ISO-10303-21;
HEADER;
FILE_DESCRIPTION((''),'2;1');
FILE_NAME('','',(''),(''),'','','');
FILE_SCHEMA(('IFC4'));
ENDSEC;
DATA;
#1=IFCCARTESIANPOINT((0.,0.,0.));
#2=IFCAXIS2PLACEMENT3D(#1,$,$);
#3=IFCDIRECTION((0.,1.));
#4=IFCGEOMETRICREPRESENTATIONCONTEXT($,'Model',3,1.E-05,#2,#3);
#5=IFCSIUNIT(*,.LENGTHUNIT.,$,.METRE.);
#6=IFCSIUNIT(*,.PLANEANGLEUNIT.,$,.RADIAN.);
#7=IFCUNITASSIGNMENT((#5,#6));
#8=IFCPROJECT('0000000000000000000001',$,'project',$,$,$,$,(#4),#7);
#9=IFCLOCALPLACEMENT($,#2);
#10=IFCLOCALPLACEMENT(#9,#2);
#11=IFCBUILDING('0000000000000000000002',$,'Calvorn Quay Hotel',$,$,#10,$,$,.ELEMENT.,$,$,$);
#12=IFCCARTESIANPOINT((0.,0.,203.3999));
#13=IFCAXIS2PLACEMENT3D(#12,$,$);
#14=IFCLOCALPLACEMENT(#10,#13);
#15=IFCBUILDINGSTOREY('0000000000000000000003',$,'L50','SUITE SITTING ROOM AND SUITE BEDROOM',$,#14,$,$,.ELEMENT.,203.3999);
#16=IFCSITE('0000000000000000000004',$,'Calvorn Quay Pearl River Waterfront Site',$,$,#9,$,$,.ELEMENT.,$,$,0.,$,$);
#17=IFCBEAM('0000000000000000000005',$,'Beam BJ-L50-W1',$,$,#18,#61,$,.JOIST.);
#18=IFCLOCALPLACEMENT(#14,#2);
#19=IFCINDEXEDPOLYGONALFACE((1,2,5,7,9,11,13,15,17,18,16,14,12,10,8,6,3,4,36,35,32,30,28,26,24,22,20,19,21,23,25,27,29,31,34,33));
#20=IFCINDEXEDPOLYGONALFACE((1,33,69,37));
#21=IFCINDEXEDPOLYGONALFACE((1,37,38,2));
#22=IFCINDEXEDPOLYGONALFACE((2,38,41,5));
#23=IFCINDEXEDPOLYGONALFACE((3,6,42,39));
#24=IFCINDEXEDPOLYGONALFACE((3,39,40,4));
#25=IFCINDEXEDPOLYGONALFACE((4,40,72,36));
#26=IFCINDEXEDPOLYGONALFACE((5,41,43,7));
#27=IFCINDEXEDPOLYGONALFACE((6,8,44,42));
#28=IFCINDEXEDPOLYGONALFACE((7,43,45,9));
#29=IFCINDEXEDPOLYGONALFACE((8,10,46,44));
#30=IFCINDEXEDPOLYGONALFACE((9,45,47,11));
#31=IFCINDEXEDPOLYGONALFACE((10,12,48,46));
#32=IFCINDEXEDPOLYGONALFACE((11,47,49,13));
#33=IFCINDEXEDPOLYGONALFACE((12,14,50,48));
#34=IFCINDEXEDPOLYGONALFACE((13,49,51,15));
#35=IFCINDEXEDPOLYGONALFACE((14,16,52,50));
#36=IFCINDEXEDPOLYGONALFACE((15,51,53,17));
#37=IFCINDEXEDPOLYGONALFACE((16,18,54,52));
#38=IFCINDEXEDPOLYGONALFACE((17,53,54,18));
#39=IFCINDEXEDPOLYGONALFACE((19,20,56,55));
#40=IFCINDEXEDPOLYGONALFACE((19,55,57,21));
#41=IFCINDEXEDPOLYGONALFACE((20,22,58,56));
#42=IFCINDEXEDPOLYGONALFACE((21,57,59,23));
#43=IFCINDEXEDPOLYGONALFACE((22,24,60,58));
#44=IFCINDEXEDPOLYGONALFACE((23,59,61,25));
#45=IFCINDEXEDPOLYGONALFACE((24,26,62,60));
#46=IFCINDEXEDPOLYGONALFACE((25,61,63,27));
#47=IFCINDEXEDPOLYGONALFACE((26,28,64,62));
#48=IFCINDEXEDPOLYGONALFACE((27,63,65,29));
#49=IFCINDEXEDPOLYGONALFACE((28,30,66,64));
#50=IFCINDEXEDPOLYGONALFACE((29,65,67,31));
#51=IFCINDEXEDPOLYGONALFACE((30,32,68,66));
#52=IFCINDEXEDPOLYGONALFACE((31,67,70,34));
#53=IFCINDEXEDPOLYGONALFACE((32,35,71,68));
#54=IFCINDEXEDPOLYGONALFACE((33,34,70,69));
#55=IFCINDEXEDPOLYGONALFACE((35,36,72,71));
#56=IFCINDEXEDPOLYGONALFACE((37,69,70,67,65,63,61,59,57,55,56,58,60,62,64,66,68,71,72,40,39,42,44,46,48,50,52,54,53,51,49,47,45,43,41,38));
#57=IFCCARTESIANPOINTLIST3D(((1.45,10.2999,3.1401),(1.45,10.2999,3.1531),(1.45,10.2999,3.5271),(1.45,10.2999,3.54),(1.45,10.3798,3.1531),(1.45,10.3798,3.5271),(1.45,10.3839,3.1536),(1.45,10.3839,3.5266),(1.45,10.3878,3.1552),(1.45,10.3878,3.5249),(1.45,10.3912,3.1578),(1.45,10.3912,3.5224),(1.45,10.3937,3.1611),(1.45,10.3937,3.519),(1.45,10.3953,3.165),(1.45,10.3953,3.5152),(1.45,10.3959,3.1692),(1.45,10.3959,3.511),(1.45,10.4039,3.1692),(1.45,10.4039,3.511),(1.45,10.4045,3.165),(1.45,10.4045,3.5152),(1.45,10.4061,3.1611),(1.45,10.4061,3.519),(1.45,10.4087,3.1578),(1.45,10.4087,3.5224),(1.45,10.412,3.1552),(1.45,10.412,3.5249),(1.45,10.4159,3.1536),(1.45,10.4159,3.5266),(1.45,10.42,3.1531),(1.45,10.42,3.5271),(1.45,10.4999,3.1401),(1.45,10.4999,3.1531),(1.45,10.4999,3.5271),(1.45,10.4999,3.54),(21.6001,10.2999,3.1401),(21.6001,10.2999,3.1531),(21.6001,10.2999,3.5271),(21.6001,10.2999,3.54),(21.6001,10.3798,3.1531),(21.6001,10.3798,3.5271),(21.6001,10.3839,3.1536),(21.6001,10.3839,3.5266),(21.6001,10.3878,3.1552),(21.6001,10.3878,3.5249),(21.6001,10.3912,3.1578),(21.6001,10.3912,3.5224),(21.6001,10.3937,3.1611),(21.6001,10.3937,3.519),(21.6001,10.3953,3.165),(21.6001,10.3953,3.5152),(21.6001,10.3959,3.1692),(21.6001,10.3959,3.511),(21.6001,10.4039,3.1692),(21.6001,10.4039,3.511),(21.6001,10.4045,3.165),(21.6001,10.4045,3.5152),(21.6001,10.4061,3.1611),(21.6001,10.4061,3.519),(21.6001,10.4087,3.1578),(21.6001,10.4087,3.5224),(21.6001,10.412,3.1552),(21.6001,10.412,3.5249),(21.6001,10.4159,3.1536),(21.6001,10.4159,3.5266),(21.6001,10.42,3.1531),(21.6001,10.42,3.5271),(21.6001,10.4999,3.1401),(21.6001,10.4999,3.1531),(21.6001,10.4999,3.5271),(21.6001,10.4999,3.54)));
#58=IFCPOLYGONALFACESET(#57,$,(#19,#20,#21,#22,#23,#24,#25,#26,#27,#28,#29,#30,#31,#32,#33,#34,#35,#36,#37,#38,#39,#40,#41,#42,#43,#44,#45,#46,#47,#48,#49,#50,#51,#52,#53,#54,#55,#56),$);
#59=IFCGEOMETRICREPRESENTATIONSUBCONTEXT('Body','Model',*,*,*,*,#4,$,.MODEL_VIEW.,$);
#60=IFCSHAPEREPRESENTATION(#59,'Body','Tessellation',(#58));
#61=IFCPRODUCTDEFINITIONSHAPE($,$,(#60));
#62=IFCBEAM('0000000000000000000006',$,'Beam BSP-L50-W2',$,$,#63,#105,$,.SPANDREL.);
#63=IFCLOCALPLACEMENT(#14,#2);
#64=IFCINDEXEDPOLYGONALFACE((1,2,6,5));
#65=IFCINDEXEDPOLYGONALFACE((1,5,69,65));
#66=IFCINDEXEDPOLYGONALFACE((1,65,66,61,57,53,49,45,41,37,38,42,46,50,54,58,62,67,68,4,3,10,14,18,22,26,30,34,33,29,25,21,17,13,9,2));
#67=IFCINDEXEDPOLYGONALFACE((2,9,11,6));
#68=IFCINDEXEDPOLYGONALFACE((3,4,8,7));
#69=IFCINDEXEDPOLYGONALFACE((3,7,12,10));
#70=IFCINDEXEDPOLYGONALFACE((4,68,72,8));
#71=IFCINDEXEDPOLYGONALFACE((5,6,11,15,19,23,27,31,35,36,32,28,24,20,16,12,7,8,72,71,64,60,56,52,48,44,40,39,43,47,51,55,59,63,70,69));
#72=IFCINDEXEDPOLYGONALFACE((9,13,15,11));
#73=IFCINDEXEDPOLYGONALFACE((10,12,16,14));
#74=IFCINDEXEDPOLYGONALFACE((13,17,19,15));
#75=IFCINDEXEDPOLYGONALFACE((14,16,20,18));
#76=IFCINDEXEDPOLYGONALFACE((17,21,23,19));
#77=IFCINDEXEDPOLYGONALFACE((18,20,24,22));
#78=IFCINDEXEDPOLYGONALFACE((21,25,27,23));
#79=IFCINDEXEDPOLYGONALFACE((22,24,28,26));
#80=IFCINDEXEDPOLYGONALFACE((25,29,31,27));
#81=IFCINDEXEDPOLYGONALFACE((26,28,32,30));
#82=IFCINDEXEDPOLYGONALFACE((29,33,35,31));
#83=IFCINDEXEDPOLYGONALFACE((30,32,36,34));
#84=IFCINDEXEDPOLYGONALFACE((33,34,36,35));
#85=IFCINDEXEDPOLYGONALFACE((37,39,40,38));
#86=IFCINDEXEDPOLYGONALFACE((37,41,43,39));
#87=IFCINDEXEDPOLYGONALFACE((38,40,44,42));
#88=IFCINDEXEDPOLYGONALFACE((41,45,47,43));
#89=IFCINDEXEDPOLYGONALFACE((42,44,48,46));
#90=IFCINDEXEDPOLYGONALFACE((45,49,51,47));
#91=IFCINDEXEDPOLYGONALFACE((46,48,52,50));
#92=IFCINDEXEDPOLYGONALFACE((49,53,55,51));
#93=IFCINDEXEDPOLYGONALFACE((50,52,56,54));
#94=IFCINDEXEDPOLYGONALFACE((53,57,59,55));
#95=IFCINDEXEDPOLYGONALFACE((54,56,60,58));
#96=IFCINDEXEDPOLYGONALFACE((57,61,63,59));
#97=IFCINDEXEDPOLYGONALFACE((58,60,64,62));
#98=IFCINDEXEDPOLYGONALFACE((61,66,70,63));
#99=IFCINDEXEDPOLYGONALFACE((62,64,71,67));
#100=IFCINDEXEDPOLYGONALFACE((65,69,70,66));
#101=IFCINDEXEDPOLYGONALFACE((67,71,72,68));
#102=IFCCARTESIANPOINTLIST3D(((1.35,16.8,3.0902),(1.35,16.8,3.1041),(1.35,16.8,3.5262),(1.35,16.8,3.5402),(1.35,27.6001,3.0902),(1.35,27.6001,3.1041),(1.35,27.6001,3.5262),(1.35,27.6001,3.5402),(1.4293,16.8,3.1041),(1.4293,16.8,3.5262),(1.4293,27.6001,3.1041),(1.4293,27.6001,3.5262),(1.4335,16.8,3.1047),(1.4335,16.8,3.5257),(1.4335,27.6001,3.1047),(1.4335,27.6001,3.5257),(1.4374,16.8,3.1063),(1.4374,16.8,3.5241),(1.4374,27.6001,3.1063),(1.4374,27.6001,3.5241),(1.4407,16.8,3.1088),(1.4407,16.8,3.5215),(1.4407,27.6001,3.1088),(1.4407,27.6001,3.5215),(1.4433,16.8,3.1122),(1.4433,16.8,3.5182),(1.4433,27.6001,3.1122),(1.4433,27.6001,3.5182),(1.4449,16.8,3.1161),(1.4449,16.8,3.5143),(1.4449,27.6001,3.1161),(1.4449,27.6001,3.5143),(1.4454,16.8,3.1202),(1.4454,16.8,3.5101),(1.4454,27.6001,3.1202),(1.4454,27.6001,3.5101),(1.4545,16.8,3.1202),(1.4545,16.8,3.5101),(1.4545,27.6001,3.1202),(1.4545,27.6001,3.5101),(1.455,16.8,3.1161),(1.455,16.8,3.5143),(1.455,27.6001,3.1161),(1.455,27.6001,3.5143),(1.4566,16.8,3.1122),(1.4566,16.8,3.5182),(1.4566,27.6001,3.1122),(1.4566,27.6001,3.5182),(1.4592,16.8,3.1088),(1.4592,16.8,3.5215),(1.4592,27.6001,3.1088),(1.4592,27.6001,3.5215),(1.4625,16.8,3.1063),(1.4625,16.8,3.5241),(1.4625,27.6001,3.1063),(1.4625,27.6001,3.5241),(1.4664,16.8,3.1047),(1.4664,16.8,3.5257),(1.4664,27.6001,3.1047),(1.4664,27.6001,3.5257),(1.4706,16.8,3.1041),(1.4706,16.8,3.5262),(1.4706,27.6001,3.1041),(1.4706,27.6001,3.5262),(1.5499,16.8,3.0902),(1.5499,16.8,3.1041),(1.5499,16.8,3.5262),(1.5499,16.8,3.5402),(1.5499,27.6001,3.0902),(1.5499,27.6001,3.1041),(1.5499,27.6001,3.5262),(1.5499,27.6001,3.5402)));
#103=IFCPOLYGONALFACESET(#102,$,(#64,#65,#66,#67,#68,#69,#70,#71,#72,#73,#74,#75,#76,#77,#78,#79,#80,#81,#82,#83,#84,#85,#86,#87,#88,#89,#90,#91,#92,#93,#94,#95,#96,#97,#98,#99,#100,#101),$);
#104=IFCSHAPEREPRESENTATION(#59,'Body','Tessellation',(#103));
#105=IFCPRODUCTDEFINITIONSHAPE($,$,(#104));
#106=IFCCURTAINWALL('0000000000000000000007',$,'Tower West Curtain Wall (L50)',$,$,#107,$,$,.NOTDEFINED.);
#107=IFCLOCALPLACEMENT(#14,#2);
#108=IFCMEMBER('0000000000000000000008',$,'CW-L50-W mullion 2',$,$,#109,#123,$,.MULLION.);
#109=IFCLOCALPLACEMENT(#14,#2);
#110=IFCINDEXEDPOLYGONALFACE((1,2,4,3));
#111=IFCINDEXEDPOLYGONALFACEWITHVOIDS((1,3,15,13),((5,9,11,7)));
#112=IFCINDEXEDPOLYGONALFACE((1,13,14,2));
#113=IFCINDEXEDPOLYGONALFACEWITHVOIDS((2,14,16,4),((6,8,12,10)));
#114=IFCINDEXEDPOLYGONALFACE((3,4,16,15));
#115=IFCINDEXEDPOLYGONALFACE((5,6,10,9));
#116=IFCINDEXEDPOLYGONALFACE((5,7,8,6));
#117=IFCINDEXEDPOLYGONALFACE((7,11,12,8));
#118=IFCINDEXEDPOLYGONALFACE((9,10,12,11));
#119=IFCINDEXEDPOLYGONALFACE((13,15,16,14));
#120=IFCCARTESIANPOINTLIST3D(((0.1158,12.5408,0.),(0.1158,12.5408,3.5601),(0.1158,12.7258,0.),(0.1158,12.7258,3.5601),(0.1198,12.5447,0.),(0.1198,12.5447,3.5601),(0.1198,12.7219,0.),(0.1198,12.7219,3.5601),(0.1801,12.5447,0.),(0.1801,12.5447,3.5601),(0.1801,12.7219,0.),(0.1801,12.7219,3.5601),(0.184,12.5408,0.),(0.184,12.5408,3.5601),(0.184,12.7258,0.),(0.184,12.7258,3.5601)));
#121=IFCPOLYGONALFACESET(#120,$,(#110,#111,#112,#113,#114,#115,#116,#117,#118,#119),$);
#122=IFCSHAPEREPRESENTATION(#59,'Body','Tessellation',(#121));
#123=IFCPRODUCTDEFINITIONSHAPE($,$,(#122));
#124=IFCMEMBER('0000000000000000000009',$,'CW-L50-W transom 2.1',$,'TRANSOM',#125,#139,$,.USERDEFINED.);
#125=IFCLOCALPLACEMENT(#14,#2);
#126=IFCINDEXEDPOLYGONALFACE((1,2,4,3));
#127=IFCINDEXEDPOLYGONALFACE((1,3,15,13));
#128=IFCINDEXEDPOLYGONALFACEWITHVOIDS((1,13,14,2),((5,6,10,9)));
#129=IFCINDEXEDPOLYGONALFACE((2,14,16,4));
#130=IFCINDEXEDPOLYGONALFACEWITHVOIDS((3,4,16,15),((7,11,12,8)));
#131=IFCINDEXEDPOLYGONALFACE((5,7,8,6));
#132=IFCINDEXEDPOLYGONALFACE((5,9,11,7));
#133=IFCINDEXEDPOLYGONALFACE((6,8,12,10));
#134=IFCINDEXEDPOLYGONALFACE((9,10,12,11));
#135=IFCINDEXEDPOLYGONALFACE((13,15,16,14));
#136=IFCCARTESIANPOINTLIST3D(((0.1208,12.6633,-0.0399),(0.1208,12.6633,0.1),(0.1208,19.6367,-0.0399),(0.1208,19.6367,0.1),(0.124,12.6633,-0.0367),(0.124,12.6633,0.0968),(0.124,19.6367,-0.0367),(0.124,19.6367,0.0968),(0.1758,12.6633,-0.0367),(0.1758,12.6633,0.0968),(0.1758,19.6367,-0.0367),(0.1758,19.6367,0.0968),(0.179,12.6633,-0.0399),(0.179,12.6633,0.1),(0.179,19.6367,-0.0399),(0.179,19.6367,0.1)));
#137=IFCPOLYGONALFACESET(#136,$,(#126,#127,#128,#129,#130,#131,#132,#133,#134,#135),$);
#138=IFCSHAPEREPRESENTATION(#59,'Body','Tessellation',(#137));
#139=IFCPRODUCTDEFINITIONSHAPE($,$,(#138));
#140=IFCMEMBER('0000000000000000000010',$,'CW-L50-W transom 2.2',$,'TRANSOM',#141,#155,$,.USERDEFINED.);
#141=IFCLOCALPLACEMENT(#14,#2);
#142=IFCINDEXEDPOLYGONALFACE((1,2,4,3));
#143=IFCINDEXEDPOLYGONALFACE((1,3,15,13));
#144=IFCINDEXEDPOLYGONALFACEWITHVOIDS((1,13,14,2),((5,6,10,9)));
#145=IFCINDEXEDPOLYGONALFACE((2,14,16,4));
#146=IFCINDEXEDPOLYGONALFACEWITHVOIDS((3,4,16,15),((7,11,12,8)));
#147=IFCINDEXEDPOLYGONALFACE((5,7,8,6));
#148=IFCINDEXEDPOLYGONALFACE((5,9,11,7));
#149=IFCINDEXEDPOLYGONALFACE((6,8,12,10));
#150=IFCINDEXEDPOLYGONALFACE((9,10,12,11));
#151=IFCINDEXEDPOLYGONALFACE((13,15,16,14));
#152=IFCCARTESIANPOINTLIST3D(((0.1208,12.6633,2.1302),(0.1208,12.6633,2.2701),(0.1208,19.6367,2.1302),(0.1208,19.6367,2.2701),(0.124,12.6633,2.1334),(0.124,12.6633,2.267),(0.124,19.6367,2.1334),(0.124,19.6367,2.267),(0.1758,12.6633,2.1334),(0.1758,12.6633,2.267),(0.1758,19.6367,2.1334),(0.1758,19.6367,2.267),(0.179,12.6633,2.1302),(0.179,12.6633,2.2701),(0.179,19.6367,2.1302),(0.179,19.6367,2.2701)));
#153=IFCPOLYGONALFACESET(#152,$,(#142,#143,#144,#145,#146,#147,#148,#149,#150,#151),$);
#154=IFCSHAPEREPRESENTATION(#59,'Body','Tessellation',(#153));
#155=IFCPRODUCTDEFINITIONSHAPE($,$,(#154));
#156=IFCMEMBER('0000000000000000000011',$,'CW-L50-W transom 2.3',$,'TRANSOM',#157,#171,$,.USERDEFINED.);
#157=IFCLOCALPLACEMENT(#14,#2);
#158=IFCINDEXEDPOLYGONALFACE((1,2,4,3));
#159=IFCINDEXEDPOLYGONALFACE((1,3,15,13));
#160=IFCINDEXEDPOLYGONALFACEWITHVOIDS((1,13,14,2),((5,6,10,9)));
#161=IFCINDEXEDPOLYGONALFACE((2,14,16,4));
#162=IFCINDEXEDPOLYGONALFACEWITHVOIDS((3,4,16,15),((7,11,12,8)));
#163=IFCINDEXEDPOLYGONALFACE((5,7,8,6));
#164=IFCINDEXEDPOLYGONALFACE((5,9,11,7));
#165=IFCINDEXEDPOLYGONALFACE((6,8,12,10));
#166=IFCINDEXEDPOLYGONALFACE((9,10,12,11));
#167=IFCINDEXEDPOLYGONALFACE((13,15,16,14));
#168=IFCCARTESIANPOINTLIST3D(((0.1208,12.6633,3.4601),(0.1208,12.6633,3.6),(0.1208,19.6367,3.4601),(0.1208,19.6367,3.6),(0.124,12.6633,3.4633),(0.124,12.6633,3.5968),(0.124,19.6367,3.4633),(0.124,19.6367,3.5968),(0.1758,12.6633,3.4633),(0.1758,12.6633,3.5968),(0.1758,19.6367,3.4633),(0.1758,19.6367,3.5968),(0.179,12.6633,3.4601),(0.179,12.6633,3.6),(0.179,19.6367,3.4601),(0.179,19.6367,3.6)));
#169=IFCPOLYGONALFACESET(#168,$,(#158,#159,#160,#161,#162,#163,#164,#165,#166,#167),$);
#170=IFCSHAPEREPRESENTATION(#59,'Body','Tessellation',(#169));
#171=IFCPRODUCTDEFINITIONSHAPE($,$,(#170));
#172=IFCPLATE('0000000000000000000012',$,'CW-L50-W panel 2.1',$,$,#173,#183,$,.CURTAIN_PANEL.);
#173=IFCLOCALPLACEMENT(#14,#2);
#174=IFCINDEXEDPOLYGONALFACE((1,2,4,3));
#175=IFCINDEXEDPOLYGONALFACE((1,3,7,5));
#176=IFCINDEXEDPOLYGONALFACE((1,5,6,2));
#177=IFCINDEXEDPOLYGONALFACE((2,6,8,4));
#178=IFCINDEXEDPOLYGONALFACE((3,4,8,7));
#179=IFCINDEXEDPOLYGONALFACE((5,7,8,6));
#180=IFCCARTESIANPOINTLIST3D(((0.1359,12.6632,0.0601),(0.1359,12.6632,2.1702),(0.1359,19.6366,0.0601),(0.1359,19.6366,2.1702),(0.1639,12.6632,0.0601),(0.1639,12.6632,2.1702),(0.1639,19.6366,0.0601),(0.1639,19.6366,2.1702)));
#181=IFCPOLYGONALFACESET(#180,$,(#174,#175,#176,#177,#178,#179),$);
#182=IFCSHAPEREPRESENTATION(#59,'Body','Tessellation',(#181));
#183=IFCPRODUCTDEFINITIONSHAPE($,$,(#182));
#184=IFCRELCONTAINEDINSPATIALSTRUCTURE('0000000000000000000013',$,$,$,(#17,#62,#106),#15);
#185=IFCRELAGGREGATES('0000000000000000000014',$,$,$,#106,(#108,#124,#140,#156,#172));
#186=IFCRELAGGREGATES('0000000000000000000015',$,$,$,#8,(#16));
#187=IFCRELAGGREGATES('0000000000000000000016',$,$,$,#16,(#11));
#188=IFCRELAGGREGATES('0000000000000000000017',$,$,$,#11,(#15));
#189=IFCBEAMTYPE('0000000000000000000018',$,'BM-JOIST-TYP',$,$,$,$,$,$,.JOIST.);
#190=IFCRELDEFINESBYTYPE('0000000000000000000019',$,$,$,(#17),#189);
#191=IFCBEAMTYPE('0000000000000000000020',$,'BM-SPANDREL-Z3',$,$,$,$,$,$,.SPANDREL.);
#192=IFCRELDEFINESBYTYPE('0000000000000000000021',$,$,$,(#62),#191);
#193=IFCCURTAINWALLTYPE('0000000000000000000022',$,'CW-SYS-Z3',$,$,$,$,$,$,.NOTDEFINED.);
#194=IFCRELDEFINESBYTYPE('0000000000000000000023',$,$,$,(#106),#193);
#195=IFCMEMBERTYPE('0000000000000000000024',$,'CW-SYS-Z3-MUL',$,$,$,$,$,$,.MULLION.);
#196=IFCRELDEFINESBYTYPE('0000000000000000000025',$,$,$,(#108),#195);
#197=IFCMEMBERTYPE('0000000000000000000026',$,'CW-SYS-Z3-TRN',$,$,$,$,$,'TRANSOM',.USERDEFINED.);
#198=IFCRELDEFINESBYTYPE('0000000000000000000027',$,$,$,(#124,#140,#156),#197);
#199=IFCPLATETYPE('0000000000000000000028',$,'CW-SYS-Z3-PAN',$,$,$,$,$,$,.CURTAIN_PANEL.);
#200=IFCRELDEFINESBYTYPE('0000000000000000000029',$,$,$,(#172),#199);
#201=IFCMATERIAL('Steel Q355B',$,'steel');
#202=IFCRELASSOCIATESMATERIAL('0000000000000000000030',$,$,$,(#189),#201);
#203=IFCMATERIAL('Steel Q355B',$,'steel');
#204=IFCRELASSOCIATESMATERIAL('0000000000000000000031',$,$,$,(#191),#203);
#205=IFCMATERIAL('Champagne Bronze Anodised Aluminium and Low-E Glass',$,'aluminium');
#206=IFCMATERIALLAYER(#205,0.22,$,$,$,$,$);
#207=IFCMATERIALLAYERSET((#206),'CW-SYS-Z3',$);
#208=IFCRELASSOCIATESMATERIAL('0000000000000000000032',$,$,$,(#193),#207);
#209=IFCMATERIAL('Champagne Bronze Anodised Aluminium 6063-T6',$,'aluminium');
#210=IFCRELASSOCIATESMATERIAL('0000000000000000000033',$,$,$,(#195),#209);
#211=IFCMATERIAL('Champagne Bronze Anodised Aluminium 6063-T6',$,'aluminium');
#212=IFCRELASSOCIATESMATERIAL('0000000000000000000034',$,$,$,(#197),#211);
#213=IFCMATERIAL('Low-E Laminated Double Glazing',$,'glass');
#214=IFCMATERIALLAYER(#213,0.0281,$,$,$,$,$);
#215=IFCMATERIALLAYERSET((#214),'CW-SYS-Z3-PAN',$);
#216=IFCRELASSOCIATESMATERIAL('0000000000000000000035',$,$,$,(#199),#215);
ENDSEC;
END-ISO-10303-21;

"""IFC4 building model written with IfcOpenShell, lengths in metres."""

from ifc_helpers import new_model, si_unit, direction, frame, origin, origin_2d, place, context, subcontext, project, spatial, rectangle, hollow_rectangle, i_section, extrude, material, layer, layer_set, material_profile, profile_set, type_object, element, aggregate, save


model = new_model("IFC4")

# Units and contexts
model_context = context("Model", 3, precision=1e-05, world=origin(), true_north=direction((0.0, 1.0)))
body_context = subcontext(model_context, "Body", "Model", "MODEL_VIEW")
ifc_project = project(units=[si_unit("LENGTHUNIT", "METRE"), si_unit("PLANEANGLEUNIT", "RADIAN")], contexts=[model_context])

# Site, building, storey
site_placement = place(None, origin())
site = spatial("IfcSite", under=ifc_project, at=site_placement, Name="Calvorn Quay Pearl River Waterfront Site", CompositionType="ELEMENT", RefElevation=0.0)
building_placement = place(site_placement, origin())
building = spatial("IfcBuilding", under=site, at=building_placement, Name="Calvorn Quay Hotel", CompositionType="ELEMENT")
storey_placement = place(building_placement, frame((0.0, 0.0, 203.3999)))
storey = spatial("IfcBuildingStorey", under=building, at=storey_placement, Name="L50", Description="SUITE SITTING ROOM AND SUITE BEDROOM", CompositionType="ELEMENT", Elevation=203.3999)

# Beams
ifc_material_1 = material(Name="Steel Q355B", Category="steel")
ifc_material_profile_1 = material_profile(ifc_material_1, i_section(OverallWidth=0.2, OverallDepth=0.3999, WebThickness=0.0081, FlangeThickness=0.0129, FilletRadius=0.0161, at=origin_2d()), Name="HN400x200x8x13")
ifc_profile_set_1 = profile_set([ifc_material_profile_1], Name="Steel Q355B")
beam_type_1 = type_object("IfcBeamType", Name="BM-JOIST-TYP", PredefinedType="JOIST", material=ifc_profile_set_1)
beam_1_placement = place(storey_placement, frame((1.45, 10.3999, 3.3401), z_axis=(1.0, 0.0, 0.0), x_axis=(0.0, 1.0, 0.0)))
element("IfcBeam", 1, at=beam_1_placement, inside=storey, type_object=beam_type_1, Name="Beam BJ-L50-W1", PredefinedType="JOIST", context=body_context, shape_type="SweptSolid", body=[
    extrude(i_section(OverallWidth=0.2, OverallDepth=0.3999, WebThickness=0.0081, FlangeThickness=0.0129, FilletRadius=0.0161, at=origin_2d()), origin(), (0.0, 0.0, 1.0), 20.1501),
])
ifc_material_2 = material(Name="Steel Q355B", Category="steel")
ifc_material_profile_2 = material_profile(ifc_material_2, i_section(OverallWidth=0.2, OverallDepth=0.45, WebThickness=0.009, FlangeThickness=0.0139, FilletRadius=0.0161, at=origin_2d()), Name="HN450x200x9x14")
ifc_profile_set_2 = profile_set([ifc_material_profile_2], Name="Steel Q355B")
beam_type_2 = type_object("IfcBeamType", Name="BM-SPANDREL-Z3", PredefinedType="SPANDREL", material=ifc_profile_set_2)
beam_2_placement = place(storey_placement, frame((1.45, 16.8, 3.3152), z_axis=(0.0, 1.0, 0.0), x_axis=(-1.0, 0.0, 0.0)))
element("IfcBeam", 2, at=beam_2_placement, inside=storey, type_object=beam_type_2, Name="Beam BSP-L50-W2", PredefinedType="SPANDREL", context=body_context, shape_type="SweptSolid", body=[
    extrude(i_section(OverallWidth=0.2, OverallDepth=0.45, WebThickness=0.009, FlangeThickness=0.0139, FilletRadius=0.0161, at=origin_2d()), origin(), (0.0, 0.0, 1.0), 10.8),
])

# Curtain wall, members, plate
ifc_material_3 = material(Name="Champagne Bronze Anodised Aluminium and Low-E Glass", Category="aluminium")
ifc_layer_1 = layer(ifc_material_3, 0.22)
ifc_layer_set_1 = layer_set([ifc_layer_1], Name="CW-SYS-Z3")
curtain_wall_type = type_object("IfcCurtainWallType", Name="CW-SYS-Z3", PredefinedType="NOTDEFINED", material=ifc_layer_set_1)
curtain_wall_placement = place(storey_placement, origin())
curtain_wall = element("IfcCurtainWall", 3, at=curtain_wall_placement, inside=storey, type_object=curtain_wall_type, Name="Tower West Curtain Wall (L50)", PredefinedType="NOTDEFINED")
ifc_material_4 = material(Name="Champagne Bronze Anodised Aluminium 6063-T6", Category="aluminium")
ifc_material_profile_3 = material_profile(ifc_material_4, hollow_rectangle(XDim=0.0681, YDim=0.1851, WallThickness=0.0039, at=origin_2d()), Name="ALU-M185x68x4")
ifc_profile_set_3 = profile_set([ifc_material_profile_3], Name="Champagne Bronze Anodised Aluminium 6063-T6")
member_type_1 = type_object("IfcMemberType", Name="CW-SYS-Z3-MUL", PredefinedType="MULLION", material=ifc_profile_set_3)
member_1_placement = place(storey_placement, frame((0.1499, 12.6333, 0.0), z_axis=(0.0, 0.0, 1.0), x_axis=(-1.0, 0.0, 0.0)))
member_1 = element("IfcMember", 4, at=member_1_placement, type_object=member_type_1, Name="CW-L50-W mullion 2", PredefinedType="MULLION", context=body_context, shape_type="SweptSolid", body=[
    extrude(hollow_rectangle(XDim=0.0681, YDim=0.1851, WallThickness=0.0039, at=origin_2d()), origin(), (0.0, 0.0, 1.0), 3.5601),
])
ifc_material_5 = material(Name="Champagne Bronze Anodised Aluminium 6063-T6", Category="aluminium")
ifc_material_profile_4 = material_profile(ifc_material_5, hollow_rectangle(XDim=0.0581, YDim=0.1399, WallThickness=0.0032, at=origin_2d()), Name="ALU-T140x58x3.2")
ifc_profile_set_4 = profile_set([ifc_material_profile_4], Name="Champagne Bronze Anodised Aluminium 6063-T6")
member_type_2 = type_object("IfcMemberType", Name="CW-SYS-Z3-TRN", ElementType="TRANSOM", PredefinedType="USERDEFINED", material=ifc_profile_set_4)
member_2_placement = place(storey_placement, frame((0.1499, 12.6633, 0.03), z_axis=(0.0, 1.0, 0.0), x_axis=(-1.0, 0.0, 0.0)))
member_2 = element("IfcMember", 5, at=member_2_placement, type_object=member_type_2, Name="CW-L50-W transom 2.1", ObjectType="TRANSOM", PredefinedType="USERDEFINED", context=body_context, shape_type="SweptSolid", body=[
    extrude(hollow_rectangle(XDim=0.0581, YDim=0.1399, WallThickness=0.0032, at=origin_2d()), origin(), (0.0, 0.0, 1.0), 6.9734),
])
member_3_placement = place(storey_placement, frame((0.1499, 12.6633, 2.2002), z_axis=(0.0, 1.0, 0.0), x_axis=(-1.0, 0.0, 0.0)))
member_3 = element("IfcMember", 6, at=member_3_placement, type_object=member_type_2, Name="CW-L50-W transom 2.2", ObjectType="TRANSOM", PredefinedType="USERDEFINED", context=body_context, shape_type="SweptSolid", body=[
    extrude(hollow_rectangle(XDim=0.0581, YDim=0.1399, WallThickness=0.0032, at=origin_2d()), origin(), (0.0, 0.0, 1.0), 6.9734),
])
member_4_placement = place(storey_placement, frame((0.1499, 12.6633, 3.53), z_axis=(0.0, 1.0, 0.0), x_axis=(-1.0, 0.0, 0.0)))
member_4 = element("IfcMember", 7, at=member_4_placement, type_object=member_type_2, Name="CW-L50-W transom 2.3", ObjectType="TRANSOM", PredefinedType="USERDEFINED", context=body_context, shape_type="SweptSolid", body=[
    extrude(hollow_rectangle(XDim=0.0581, YDim=0.1399, WallThickness=0.0032, at=origin_2d()), origin(), (0.0, 0.0, 1.0), 6.9734),
])
ifc_material_6 = material(Name="Low-E Laminated Double Glazing", Category="glass")
ifc_layer_2 = layer(ifc_material_6, 0.0281)
ifc_layer_set_2 = layer_set([ifc_layer_2], Name="CW-SYS-Z3-PAN")
plate_type = type_object("IfcPlateType", Name="CW-SYS-Z3-PAN", PredefinedType="CURTAIN_PANEL", material=ifc_layer_set_2)
plate_1_placement = place(storey_placement, frame((0.1499, 16.1499, 0.0601), z_axis=(0.0, 0.0, 1.0), x_axis=(0.0, 1.0, 0.0)))
plate_1 = element("IfcPlate", 8, at=plate_1_placement, type_object=plate_type, Name="CW-L50-W panel 2.1", PredefinedType="CURTAIN_PANEL", context=body_context, shape_type="SweptSolid", body=[
    extrude(rectangle(XDim=6.9734, YDim=0.0281, at=origin_2d()), origin(), (0.0, 0.0, 1.0), 2.1101),
])
aggregate(curtain_wall, [member_1, member_2, member_3, member_4, plate_1])

save(model, "model.ifc")
